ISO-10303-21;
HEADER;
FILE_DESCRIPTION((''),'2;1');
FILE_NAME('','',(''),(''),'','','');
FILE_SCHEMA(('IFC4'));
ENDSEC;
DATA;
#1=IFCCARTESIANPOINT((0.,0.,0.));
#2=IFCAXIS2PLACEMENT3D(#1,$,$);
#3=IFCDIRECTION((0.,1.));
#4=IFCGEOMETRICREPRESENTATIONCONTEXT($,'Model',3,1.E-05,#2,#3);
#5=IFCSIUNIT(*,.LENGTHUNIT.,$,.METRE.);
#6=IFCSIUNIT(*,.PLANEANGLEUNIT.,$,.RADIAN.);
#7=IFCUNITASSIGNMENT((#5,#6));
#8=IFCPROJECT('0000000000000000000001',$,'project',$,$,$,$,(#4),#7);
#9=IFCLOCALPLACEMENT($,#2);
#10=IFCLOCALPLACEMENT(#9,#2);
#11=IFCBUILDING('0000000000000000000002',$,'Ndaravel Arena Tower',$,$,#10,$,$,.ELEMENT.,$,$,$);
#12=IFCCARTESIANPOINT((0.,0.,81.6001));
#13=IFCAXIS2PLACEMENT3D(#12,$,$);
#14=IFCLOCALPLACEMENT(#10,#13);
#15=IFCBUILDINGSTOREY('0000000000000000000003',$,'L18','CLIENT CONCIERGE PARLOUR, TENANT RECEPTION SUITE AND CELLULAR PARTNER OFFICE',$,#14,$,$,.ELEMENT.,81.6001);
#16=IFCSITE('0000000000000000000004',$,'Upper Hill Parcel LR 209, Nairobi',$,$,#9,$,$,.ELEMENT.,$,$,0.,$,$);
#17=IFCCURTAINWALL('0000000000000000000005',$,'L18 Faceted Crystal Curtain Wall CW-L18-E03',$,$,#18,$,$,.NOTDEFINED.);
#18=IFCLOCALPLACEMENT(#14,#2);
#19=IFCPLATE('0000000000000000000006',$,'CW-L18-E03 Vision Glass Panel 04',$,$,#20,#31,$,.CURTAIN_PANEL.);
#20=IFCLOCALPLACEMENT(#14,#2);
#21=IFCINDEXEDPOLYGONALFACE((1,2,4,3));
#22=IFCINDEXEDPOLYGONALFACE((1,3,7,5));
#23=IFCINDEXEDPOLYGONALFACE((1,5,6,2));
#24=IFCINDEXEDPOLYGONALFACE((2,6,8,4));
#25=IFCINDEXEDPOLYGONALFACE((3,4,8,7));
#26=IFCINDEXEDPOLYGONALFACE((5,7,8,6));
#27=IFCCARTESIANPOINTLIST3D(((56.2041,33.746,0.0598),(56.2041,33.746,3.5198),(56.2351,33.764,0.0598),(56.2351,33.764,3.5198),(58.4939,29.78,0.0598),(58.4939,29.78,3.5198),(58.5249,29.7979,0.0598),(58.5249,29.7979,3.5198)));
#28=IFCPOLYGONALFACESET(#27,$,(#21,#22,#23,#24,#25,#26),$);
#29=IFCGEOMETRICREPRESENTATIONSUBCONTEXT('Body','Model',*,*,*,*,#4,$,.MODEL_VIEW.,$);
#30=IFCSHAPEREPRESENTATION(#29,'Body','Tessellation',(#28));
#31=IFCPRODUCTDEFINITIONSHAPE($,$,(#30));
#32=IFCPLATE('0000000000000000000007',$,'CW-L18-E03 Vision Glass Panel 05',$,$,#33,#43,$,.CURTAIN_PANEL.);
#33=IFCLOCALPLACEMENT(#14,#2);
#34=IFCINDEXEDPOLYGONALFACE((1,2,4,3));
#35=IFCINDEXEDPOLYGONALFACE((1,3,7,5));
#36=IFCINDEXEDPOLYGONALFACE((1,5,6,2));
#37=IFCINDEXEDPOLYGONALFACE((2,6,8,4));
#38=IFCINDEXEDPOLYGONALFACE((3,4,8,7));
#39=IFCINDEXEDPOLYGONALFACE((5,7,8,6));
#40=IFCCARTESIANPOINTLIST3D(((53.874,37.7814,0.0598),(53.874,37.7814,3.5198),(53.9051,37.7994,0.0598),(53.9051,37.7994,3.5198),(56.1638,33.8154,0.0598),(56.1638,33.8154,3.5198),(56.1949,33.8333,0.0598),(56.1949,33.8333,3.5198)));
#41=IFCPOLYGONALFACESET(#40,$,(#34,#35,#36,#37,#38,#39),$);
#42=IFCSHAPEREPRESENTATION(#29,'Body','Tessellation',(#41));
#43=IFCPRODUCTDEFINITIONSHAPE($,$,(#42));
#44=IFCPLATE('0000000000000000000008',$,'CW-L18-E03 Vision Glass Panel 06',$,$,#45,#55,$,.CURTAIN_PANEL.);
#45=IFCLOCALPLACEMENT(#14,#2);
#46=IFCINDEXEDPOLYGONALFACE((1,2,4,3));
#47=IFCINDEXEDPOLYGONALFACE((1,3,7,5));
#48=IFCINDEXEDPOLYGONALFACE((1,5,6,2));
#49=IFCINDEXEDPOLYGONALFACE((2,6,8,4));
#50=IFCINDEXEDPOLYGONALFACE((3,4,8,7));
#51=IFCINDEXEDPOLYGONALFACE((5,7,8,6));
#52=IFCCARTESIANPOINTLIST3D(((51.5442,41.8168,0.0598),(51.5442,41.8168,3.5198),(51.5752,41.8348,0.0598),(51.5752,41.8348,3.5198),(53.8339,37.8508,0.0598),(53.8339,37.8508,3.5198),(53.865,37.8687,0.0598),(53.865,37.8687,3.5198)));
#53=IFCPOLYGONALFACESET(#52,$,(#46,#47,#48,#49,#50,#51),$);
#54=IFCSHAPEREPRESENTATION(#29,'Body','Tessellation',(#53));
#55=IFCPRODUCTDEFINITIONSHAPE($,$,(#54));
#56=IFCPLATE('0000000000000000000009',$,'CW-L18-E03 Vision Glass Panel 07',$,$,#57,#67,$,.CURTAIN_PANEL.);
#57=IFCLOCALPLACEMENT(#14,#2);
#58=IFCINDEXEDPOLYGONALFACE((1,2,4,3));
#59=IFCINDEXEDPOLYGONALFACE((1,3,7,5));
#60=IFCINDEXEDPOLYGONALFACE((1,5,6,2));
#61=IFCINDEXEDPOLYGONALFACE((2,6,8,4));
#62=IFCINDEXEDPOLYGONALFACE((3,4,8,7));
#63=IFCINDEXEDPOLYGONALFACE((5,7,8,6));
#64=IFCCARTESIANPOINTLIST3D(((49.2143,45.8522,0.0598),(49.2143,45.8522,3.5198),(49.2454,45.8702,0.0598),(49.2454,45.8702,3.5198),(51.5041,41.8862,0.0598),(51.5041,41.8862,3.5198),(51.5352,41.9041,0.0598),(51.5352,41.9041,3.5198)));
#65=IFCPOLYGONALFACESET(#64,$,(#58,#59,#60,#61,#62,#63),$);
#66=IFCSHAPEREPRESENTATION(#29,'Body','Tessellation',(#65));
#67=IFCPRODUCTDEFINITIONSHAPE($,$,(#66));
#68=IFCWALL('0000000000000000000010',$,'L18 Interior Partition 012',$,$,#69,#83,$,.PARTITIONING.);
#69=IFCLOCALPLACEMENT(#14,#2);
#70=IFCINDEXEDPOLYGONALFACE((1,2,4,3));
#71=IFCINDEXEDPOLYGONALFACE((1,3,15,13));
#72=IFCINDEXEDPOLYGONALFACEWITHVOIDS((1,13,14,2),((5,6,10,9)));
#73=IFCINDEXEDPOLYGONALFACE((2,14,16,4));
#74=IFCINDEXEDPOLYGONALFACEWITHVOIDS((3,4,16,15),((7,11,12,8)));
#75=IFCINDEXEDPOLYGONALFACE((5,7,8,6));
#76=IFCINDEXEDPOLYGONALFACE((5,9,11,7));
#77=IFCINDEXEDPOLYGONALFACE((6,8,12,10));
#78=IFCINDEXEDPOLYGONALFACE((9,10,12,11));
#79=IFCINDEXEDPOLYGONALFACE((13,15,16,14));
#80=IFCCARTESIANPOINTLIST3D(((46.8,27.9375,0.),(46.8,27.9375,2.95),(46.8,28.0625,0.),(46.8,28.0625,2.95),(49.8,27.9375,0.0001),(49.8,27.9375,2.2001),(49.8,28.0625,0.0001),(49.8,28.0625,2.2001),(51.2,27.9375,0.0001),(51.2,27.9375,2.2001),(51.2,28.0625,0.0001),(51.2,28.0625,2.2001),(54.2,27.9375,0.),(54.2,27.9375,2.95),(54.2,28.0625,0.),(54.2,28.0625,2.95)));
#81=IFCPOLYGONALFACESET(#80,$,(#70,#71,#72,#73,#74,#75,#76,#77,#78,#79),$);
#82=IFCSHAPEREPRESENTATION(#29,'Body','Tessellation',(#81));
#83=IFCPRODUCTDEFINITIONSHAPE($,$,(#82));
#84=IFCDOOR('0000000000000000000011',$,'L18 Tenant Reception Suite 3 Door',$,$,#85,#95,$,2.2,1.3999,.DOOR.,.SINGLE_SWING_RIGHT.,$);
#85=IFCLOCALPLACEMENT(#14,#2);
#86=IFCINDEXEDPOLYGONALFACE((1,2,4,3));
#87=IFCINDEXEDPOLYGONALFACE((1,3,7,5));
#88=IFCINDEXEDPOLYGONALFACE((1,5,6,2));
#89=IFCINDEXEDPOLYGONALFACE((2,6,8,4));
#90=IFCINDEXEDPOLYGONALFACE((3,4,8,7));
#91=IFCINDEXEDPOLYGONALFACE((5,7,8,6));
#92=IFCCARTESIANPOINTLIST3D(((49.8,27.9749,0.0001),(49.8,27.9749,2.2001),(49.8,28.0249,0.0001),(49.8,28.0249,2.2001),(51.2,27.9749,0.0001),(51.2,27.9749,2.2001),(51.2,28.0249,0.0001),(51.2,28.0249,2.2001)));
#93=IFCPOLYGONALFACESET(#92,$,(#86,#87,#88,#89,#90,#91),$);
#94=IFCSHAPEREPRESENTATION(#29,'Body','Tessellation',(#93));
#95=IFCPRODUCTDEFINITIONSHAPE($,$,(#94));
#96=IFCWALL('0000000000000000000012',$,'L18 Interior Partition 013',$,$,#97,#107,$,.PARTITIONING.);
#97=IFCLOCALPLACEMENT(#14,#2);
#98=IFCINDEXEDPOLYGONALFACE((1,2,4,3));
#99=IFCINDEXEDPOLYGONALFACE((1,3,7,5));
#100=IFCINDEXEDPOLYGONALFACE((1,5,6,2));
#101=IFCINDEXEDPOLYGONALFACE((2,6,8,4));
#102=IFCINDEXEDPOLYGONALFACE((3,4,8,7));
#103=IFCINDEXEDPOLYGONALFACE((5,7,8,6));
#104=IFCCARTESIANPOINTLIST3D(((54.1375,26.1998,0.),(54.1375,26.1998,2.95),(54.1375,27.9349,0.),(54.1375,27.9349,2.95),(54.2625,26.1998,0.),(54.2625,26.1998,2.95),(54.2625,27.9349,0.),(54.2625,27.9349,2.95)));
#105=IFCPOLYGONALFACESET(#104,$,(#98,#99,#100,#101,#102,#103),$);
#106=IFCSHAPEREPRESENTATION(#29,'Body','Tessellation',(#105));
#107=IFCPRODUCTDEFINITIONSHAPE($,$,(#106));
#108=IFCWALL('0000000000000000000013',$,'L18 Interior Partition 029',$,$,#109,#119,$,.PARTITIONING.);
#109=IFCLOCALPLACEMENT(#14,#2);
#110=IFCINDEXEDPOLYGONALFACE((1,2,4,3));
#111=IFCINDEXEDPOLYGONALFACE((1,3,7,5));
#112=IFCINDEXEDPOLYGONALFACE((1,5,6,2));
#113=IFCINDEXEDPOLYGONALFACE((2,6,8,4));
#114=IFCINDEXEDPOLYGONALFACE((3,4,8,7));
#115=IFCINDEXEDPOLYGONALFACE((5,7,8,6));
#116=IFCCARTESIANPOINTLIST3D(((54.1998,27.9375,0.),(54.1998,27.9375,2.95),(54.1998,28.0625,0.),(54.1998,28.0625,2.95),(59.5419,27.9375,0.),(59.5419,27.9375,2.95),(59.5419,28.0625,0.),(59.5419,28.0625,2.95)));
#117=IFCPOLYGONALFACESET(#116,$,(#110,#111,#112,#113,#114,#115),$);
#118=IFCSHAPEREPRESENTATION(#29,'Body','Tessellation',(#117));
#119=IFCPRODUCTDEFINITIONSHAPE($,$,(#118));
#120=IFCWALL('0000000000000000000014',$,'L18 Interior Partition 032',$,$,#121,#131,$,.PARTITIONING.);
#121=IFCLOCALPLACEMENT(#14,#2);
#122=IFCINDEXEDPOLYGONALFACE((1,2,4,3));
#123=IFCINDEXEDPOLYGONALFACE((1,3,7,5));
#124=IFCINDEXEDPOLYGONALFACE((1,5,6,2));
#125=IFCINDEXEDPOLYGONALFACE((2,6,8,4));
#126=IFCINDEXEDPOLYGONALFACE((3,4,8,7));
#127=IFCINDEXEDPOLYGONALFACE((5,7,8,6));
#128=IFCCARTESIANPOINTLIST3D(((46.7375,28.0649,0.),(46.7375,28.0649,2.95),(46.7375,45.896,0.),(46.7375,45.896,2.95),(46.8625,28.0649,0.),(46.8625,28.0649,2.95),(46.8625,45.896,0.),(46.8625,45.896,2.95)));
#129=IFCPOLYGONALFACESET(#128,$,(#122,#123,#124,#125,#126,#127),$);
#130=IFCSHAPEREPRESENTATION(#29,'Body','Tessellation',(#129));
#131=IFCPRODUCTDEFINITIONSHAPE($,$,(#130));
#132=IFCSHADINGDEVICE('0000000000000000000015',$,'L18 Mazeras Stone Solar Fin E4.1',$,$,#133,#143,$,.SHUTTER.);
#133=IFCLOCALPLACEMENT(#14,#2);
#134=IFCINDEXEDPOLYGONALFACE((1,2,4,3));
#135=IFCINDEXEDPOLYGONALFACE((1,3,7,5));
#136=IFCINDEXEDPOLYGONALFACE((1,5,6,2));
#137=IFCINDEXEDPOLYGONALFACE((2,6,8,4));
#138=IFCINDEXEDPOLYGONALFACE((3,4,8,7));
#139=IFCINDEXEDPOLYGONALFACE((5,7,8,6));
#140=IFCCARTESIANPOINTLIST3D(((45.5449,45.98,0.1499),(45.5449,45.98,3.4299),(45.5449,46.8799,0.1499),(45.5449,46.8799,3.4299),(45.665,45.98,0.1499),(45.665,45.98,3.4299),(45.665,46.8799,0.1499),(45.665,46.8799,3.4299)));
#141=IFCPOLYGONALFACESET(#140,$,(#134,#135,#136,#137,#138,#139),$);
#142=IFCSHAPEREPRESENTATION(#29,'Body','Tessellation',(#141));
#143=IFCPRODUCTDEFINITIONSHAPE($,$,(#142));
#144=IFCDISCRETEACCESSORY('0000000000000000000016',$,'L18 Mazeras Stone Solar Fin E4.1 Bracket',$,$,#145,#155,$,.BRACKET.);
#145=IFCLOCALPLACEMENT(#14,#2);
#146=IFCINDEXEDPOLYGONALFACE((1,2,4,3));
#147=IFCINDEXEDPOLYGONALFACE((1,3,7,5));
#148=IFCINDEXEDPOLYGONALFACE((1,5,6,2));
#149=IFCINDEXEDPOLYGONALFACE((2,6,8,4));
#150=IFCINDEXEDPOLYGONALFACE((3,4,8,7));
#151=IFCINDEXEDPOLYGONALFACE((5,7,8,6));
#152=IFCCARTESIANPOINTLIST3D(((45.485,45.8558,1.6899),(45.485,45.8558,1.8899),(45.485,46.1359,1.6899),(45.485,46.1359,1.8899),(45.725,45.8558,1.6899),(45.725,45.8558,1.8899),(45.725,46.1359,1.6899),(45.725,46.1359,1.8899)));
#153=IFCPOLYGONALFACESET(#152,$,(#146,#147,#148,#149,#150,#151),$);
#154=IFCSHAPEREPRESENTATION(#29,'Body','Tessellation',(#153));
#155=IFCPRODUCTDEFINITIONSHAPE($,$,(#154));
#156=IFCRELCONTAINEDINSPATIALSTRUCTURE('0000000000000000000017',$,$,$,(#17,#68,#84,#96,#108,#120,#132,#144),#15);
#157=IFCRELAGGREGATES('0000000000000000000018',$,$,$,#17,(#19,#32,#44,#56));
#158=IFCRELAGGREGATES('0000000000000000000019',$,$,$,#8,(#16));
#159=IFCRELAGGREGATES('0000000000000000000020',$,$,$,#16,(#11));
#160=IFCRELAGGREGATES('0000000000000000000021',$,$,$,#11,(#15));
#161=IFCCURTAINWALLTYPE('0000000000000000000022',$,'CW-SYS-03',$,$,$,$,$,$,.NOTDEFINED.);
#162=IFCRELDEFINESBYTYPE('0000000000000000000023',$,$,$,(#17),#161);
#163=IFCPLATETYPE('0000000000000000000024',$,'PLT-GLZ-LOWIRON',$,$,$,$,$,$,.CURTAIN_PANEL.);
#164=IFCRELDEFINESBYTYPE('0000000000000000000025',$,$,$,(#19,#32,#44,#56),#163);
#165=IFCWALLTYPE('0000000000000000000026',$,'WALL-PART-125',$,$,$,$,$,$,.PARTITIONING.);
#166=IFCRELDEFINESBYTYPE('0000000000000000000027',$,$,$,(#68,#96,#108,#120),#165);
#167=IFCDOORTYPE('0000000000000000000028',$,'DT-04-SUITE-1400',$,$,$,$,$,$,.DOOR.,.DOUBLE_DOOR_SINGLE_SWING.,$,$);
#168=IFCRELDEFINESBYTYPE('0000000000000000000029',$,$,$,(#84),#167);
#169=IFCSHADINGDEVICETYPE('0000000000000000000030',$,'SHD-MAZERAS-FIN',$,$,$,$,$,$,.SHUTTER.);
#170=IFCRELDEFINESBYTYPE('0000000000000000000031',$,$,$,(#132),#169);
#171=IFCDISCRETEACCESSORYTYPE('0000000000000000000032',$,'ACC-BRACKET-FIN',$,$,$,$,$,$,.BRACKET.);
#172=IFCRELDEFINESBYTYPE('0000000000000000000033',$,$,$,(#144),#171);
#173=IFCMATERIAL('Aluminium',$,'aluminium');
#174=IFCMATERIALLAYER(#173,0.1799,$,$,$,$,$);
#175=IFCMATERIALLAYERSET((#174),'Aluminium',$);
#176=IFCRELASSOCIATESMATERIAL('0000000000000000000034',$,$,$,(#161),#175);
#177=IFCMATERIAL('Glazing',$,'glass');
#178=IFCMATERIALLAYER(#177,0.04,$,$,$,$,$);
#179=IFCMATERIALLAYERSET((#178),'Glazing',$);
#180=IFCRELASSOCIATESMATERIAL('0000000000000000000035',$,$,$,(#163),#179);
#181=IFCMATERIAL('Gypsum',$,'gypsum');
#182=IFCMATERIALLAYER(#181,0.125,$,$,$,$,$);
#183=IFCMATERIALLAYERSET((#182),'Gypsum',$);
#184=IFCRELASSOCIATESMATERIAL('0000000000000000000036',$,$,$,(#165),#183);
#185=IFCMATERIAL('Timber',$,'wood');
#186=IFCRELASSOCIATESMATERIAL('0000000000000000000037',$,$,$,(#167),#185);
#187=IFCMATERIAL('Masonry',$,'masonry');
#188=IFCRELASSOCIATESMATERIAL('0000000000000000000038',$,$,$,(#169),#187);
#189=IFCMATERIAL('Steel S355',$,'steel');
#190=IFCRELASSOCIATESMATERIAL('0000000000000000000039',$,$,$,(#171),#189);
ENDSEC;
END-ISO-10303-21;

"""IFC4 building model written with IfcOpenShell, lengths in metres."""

from ifc_helpers import new_model, si_unit, direction, frame, frame_2d, origin, origin_2d, place, context, subcontext, project, spatial, rectangle, extrude, material, layer, layer_set, type_object, element, fill, aggregate, save


model = new_model("IFC4")

# Units and contexts
model_context = context("Model", 3, precision=1e-05, world=origin(), true_north=direction((0.0, 1.0)))
body_context = subcontext(model_context, "Body", "Model", "MODEL_VIEW")
ifc_project = project(units=[si_unit("LENGTHUNIT", "METRE"), si_unit("PLANEANGLEUNIT", "RADIAN")], contexts=[model_context])

# Site, building, storey
site_placement = place(None, origin())
site = spatial("IfcSite", under=ifc_project, at=site_placement, Name="Upper Hill Parcel LR 209, Nairobi", CompositionType="ELEMENT", RefElevation=0.0)
building_placement = place(site_placement, origin())
building = spatial("IfcBuilding", under=site, at=building_placement, Name="Ndaravel Arena Tower", CompositionType="ELEMENT")
storey_placement = place(building_placement, frame((0.0, 0.0, 81.6001)))
storey = spatial("IfcBuildingStorey", under=building, at=storey_placement, Name="L18", Description="CLIENT CONCIERGE PARLOUR, TENANT RECEPTION SUITE AND CELLULAR PARTNER OFFICE", CompositionType="ELEMENT", Elevation=81.6001)

# Curtain wall
ifc_material_1 = material(Name="Aluminium", Category="aluminium")
ifc_layer_1 = layer(ifc_material_1, 0.1799)
ifc_layer_set_1 = layer_set([ifc_layer_1], Name="Aluminium")
curtain_wall_type_1 = type_object("IfcCurtainWallType", Name="CW-SYS-03", PredefinedType="NOTDEFINED", material=ifc_layer_set_1)
curtain_wall_1_placement = place(storey_placement, origin())
curtain_wall_1 = element("IfcCurtainWall", 1, at=curtain_wall_1_placement, inside=storey, type_object=curtain_wall_type_1, Name="L18 Faceted Crystal Curtain Wall CW-L18-E03", PredefinedType="NOTDEFINED")

# Plates
ifc_material_2 = material(Name="Glazing", Category="glass")
ifc_layer_2 = layer(ifc_material_2, 0.04)
ifc_layer_set_2 = layer_set([ifc_layer_2], Name="Glazing")
plate_type_1 = type_object("IfcPlateType", Name="PLT-GLZ-LOWIRON", PredefinedType="CURTAIN_PANEL", material=ifc_layer_set_2)
plate_1_placement = place(storey_placement, frame((57.3645, 31.772, 0.0598), z_axis=(0.0, 0.0, 1.0), x_axis=(-0.5, 0.866025, 0.0)))
plate_1 = element("IfcPlate", 2, at=plate_1_placement, type_object=plate_type_1, Name="CW-L18-E03 Vision Glass Panel 04", PredefinedType="CURTAIN_PANEL", context=body_context, shape_type="SweptSolid", body=[
    extrude(rectangle(XDim=4.5796, YDim=0.0359, at=origin_2d()), origin(), (0.0, 0.0, 1.0), 3.46),
])
plate_2_placement = place(storey_placement, frame((55.0344, 35.8074, 0.0598), z_axis=(0.0, 0.0, 1.0), x_axis=(-0.5, 0.866025, 0.0)))
plate_2 = element("IfcPlate", 3, at=plate_2_placement, type_object=plate_type_1, Name="CW-L18-E03 Vision Glass Panel 05", PredefinedType="CURTAIN_PANEL", context=body_context, shape_type="SweptSolid", body=[
    extrude(rectangle(XDim=4.5796, YDim=0.0359, at=origin_2d()), origin(), (0.0, 0.0, 1.0), 3.46),
])
plate_3_placement = place(storey_placement, frame((52.7046, 39.8428, 0.0598), z_axis=(0.0, 0.0, 1.0), x_axis=(-0.5, 0.866025, 0.0)))
plate_3 = element("IfcPlate", 4, at=plate_3_placement, type_object=plate_type_1, Name="CW-L18-E03 Vision Glass Panel 06", PredefinedType="CURTAIN_PANEL", context=body_context, shape_type="SweptSolid", body=[
    extrude(rectangle(XDim=4.5796, YDim=0.0359, at=origin_2d()), origin(), (0.0, 0.0, 1.0), 3.46),
])
plate_4_placement = place(storey_placement, frame((50.3748, 43.8782, 0.0598), z_axis=(0.0, 0.0, 1.0), x_axis=(-0.5, 0.866025, 0.0)))
plate_4 = element("IfcPlate", 5, at=plate_4_placement, type_object=plate_type_1, Name="CW-L18-E03 Vision Glass Panel 07", PredefinedType="CURTAIN_PANEL", context=body_context, shape_type="SweptSolid", body=[
    extrude(rectangle(XDim=4.5796, YDim=0.0359, at=origin_2d()), origin(), (0.0, 0.0, 1.0), 3.46),
])
aggregate(curtain_wall_1, [plate_1, plate_2, plate_3, plate_4])

# Wall, opening, door
ifc_material_3 = material(Name="Gypsum", Category="gypsum")
ifc_layer_3 = layer(ifc_material_3, 0.125)
ifc_layer_set_3 = layer_set([ifc_layer_3], Name="Gypsum")
wall_type = type_object("IfcWallType", Name="WALL-PART-125", PredefinedType="PARTITIONING", material=ifc_layer_set_3)
wall_1_placement = place(storey_placement, frame((46.8, 28.0, 0.0), z_axis=(0.0, 0.0, 1.0), x_axis=(1.0, 0.0, 0.0)))
wall_1 = element("IfcWall", 6, at=wall_1_placement, inside=storey, type_object=wall_type, Name="L18 Interior Partition 012", PredefinedType="PARTITIONING", context=body_context, shape_type="SweptSolid", body=[
    extrude(rectangle(XDim=7.3999, YDim=0.125, at=frame_2d((3.7, 0.0))), origin(), (0.0, 0.0, 1.0), 2.95),
])
opening_placement = place(wall_1_placement, frame((3.0, 0.0, 0.0)))
opening = element("IfcOpeningElement", 7, at=opening_placement, cuts=wall_1, PredefinedType="OPENING", context=body_context, shape_type="SweptSolid", body=[
    extrude(rectangle(XDim=1.3999, YDim=2.2, at=frame_2d((0.7, 1.1001))), frame((0.0, 0.0625, 0.0), z_axis=(0.0, -1.0, 0.0), x_axis=(1.0, 0.0, 0.0)), (0.0, 0.0, 1.0), 0.125),
])
ifc_material_4 = material(Name="Timber", Category="wood")
door_type = type_object("IfcDoorType", Name="DT-04-SUITE-1400", OperationType="DOUBLE_DOOR_SINGLE_SWING", PredefinedType="DOOR", material=ifc_material_4)
door_placement = place(opening_placement, origin())
door = element("IfcDoor", 8, at=door_placement, inside=storey, type_object=door_type, Name="L18 Tenant Reception Suite 3 Door", OperationType="SINGLE_SWING_RIGHT", OverallHeight=2.2, OverallWidth=1.3999, PredefinedType="DOOR", context=body_context, shape_type="SweptSolid", body=[
    extrude(rectangle(XDim=1.3999, YDim=2.2, at=frame_2d((0.7, 1.1001))), frame((0.0, 0.0249, 0.0), z_axis=(0.0, -1.0, 0.0), x_axis=(1.0, 0.0, 0.0)), (0.0, 0.0, 1.0), 0.05),
])
fill(opening, door)

# Walls
wall_2_placement = place(storey_placement, frame((54.2, 27.9351, 0.0), z_axis=(0.0, 0.0, 1.0), x_axis=(0.0, -1.0, 0.0)))
element("IfcWall", 9, at=wall_2_placement, inside=storey, type_object=wall_type, Name="L18 Interior Partition 013", PredefinedType="PARTITIONING", context=body_context, shape_type="SweptSolid", body=[
    extrude(rectangle(XDim=1.7351, YDim=0.125, at=frame_2d((0.8677, 0.0))), origin(), (0.0, 0.0, 1.0), 2.95),
])
wall_3_placement = place(storey_placement, frame((54.2, 28.0, 0.0), z_axis=(0.0, 0.0, 1.0), x_axis=(1.0, 0.0, 0.0)))
element("IfcWall", 10, at=wall_3_placement, inside=storey, type_object=wall_type, Name="L18 Interior Partition 029", PredefinedType="PARTITIONING", context=body_context, shape_type="SweptSolid", body=[
    extrude(rectangle(XDim=5.342, YDim=0.125, at=frame_2d((2.6709, 0.0))), origin(), (0.0, 0.0, 1.0), 2.95),
])
wall_4_placement = place(storey_placement, frame((46.8, 28.0649, 0.0), z_axis=(0.0, 0.0, 1.0), x_axis=(0.0, 1.0, 0.0)))
element("IfcWall", 11, at=wall_4_placement, inside=storey, type_object=wall_type, Name="L18 Interior Partition 032", PredefinedType="PARTITIONING", context=body_context, shape_type="SweptSolid", body=[
    extrude(rectangle(XDim=17.8311, YDim=0.125, at=frame_2d((8.9155, 0.0))), origin(), (0.0, 0.0, 1.0), 2.95),
])

# Shading device
ifc_material_5 = material(Name="Masonry", Category="masonry")
shading_device_type = type_object("IfcShadingDeviceType", Name="SHD-MAZERAS-FIN", PredefinedType="SHUTTER", material=ifc_material_5)
shading_device_placement = place(storey_placement, frame((45.605, 46.4299, 0.1499), z_axis=(0.0, 0.0, 1.0), x_axis=(0.0, 1.0, 0.0)))
element("IfcShadingDevice", 12, at=shading_device_placement, inside=storey, type_object=shading_device_type, Name="L18 Mazeras Stone Solar Fin E4.1", PredefinedType="SHUTTER", context=body_context, shape_type="SweptSolid", body=[
    extrude(rectangle(XDim=0.8999, YDim=0.1201, at=origin_2d()), origin(), (0.0, 0.0, 1.0), 3.28),
])

# Discrete accessory
ifc_material_6 = material(Name="Steel S355", Category="steel")
discrete_accessory_type = type_object("IfcDiscreteAccessoryType", Name="ACC-BRACKET-FIN", PredefinedType="BRACKET", material=ifc_material_6)
discrete_accessory_placement = place(storey_placement, frame((45.605, 45.9958, 1.6899), z_axis=(0.0, 0.0, 1.0), x_axis=(0.0, 1.0, 0.0)))
element("IfcDiscreteAccessory", 13, at=discrete_accessory_placement, inside=storey, type_object=discrete_accessory_type, Name="L18 Mazeras Stone Solar Fin E4.1 Bracket", PredefinedType="BRACKET", context=body_context, shape_type="SweptSolid", body=[
    extrude(rectangle(XDim=0.28, YDim=0.24, at=origin_2d()), origin(), (0.0, 0.0, 1.0), 0.2),
])

save(model, "model.ifc")
